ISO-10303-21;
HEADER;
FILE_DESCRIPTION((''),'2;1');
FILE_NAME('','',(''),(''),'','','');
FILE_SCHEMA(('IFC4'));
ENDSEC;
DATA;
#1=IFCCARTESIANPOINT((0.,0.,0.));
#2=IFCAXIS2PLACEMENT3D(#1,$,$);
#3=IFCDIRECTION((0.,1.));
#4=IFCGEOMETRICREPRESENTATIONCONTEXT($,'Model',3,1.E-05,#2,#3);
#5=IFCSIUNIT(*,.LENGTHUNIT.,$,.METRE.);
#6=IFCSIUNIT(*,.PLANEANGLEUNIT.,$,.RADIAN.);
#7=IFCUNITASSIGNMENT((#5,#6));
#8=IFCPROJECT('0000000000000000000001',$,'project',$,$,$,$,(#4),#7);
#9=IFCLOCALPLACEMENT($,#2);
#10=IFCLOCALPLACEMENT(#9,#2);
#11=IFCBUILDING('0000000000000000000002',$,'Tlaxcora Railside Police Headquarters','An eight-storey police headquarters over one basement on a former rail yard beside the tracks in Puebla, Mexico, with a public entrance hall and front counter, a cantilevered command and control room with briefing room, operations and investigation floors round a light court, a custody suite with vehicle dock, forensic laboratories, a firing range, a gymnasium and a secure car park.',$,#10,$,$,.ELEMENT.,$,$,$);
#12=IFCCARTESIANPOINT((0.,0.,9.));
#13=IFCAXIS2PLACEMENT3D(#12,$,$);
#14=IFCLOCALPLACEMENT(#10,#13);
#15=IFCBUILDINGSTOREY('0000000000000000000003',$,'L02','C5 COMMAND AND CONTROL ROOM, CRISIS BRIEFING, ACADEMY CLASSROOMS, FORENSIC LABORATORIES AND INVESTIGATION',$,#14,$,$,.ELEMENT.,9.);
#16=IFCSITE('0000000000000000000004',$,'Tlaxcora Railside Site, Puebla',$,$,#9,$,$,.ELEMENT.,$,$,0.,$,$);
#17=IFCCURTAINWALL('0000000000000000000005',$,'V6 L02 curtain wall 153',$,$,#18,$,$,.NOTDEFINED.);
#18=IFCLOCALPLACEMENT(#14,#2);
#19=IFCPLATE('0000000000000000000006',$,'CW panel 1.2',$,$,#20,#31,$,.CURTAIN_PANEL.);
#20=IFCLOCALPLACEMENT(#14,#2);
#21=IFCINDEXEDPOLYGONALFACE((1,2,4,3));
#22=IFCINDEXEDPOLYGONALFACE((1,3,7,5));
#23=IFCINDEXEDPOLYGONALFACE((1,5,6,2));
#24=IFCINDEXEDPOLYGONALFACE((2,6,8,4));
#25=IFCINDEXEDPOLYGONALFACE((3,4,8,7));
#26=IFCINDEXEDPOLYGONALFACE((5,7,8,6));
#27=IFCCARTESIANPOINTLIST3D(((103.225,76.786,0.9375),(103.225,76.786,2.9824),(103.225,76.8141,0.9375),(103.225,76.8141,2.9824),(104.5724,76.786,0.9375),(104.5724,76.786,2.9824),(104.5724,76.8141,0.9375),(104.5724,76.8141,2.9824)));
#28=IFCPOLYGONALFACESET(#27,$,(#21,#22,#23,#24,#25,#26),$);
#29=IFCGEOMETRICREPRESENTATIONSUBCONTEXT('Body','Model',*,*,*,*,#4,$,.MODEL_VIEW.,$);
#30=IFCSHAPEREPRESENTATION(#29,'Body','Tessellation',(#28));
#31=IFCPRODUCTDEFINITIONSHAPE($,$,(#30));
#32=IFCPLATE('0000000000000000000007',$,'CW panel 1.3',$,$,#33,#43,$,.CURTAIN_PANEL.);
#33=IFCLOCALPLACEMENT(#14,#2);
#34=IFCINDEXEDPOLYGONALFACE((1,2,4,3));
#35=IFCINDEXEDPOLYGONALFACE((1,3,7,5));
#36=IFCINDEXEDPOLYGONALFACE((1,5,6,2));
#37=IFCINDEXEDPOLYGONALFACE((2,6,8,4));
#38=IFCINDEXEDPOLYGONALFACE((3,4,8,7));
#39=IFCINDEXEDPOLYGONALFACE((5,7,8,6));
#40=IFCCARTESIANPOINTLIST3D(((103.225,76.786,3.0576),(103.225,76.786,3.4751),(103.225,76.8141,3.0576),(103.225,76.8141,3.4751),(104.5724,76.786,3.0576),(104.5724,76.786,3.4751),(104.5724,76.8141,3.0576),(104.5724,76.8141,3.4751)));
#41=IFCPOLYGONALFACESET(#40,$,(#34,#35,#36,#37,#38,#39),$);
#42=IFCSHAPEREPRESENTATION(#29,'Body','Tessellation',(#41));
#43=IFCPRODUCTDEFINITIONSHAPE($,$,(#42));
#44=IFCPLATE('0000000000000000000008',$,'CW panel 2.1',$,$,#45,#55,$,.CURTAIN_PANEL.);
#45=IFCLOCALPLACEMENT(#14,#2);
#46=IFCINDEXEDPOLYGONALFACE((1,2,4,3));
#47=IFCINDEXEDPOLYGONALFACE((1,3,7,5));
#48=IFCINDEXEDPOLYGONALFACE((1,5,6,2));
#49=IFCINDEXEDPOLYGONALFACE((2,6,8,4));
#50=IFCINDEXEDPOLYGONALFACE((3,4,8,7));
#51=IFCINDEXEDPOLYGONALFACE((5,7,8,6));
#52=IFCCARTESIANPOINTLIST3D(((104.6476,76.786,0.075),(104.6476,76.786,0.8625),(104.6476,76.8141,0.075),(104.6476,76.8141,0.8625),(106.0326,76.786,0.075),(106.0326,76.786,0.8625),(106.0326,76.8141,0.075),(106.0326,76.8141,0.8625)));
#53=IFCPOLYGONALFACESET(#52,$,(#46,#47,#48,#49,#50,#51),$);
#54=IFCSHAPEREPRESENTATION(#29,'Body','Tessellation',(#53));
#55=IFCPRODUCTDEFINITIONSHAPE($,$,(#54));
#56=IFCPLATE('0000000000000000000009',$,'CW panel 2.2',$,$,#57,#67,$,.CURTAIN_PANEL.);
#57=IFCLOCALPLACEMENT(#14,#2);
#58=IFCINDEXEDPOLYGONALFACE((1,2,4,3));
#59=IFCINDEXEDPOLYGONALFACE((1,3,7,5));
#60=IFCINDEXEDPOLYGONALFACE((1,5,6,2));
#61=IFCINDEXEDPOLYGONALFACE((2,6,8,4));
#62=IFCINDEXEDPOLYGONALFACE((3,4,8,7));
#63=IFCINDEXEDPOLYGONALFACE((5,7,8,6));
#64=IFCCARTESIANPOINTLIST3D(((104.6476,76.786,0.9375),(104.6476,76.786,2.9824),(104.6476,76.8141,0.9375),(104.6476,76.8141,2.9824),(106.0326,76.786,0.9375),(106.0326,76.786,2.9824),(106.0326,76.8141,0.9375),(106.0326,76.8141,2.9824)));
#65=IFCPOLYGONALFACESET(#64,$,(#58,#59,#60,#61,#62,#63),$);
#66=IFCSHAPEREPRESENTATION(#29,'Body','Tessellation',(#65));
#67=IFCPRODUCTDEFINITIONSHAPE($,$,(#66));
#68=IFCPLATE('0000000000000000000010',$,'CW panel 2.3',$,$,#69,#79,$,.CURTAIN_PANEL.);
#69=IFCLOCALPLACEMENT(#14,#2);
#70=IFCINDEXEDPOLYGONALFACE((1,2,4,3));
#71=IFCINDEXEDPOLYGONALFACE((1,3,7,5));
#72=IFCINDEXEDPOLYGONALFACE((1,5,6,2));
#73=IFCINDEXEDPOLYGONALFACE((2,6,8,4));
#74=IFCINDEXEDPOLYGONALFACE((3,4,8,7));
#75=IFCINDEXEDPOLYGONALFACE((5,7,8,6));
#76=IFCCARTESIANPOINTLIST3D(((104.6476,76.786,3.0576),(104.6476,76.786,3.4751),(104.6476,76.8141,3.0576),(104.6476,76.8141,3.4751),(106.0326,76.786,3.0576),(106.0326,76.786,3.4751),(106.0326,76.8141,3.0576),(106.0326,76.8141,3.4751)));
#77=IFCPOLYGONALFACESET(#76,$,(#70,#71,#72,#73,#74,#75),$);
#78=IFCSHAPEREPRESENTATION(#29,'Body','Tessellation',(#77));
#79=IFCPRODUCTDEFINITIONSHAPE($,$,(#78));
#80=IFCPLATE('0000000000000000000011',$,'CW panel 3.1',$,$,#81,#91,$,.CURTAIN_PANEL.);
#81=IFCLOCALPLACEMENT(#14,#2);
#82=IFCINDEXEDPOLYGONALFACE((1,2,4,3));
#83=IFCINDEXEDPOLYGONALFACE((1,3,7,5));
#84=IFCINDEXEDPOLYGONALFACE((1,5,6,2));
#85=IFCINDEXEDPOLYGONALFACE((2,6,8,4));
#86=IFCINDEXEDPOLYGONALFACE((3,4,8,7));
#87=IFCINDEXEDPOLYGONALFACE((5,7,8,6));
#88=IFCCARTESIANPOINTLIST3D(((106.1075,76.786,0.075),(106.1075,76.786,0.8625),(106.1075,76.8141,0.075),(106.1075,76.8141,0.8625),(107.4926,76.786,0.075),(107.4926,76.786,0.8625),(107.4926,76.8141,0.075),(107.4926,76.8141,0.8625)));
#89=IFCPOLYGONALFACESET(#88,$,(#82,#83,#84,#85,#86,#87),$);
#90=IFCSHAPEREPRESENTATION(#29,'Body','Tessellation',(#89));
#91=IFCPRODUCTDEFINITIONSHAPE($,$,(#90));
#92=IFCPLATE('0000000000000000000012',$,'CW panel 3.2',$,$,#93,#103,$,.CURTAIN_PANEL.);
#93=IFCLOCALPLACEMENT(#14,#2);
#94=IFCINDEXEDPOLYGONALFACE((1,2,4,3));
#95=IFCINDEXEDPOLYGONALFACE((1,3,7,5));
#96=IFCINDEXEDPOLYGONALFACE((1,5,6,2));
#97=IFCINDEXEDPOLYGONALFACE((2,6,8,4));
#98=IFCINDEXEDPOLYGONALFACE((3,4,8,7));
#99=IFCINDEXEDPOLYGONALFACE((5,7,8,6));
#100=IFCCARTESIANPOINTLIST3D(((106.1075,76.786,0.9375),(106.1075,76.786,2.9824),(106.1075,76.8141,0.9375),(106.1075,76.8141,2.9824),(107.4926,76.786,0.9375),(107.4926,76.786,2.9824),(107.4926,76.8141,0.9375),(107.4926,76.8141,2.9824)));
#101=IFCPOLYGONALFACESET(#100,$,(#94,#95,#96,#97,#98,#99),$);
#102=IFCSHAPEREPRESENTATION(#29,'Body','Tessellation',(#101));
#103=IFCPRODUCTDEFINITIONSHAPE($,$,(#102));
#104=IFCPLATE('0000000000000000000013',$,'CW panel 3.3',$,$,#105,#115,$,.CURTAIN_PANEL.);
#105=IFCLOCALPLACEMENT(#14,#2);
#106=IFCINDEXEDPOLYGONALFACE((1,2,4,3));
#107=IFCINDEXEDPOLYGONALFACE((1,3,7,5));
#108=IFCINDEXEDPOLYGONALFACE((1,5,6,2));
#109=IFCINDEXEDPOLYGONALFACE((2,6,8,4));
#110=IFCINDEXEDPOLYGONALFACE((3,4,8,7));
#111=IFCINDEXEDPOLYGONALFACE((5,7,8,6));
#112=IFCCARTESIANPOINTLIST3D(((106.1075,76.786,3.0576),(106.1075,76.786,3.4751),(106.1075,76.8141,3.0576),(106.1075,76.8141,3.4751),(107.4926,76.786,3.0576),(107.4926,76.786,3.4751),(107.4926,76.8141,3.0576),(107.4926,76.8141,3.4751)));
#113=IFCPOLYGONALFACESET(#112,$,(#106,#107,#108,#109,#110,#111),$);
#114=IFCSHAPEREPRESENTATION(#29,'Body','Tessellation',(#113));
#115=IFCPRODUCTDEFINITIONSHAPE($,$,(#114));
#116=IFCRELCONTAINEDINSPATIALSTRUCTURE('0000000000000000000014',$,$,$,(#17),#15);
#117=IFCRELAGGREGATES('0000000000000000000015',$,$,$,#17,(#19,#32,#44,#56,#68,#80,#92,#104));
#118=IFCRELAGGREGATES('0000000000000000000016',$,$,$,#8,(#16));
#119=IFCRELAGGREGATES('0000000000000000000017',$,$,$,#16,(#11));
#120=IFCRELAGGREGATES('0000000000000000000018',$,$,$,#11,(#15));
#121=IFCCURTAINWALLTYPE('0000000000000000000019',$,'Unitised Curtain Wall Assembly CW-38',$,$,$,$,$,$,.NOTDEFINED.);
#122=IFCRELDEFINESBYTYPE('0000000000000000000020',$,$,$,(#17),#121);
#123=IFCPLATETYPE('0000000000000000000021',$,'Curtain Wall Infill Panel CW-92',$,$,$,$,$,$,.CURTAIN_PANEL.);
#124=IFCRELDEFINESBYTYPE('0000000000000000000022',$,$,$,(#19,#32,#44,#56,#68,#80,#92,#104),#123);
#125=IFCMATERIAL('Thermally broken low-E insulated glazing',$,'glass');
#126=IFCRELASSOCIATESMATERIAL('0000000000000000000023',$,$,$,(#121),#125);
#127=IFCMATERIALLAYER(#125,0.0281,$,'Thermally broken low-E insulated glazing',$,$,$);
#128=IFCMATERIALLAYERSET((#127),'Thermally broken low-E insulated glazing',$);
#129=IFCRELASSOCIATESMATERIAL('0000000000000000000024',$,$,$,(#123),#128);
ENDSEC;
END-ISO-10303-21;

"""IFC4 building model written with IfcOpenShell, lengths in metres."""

from ifc_helpers import new_model, si_unit, direction, frame, origin, origin_2d, place, context, subcontext, project, spatial, rectangle, extrude, material, layer, layer_set, type_object, element, aggregate, save


model = new_model("IFC4")

# Units and contexts
model_context = context("Model", 3, precision=1e-05, world=origin(), true_north=direction((0.0, 1.0)))
body_context = subcontext(model_context, "Body", "Model", "MODEL_VIEW")
ifc_project = project(units=[si_unit("LENGTHUNIT", "METRE"), si_unit("PLANEANGLEUNIT", "RADIAN")], contexts=[model_context])

# Site, building, storey
site_placement = place(None, origin())
site = spatial("IfcSite", under=ifc_project, at=site_placement, Name="Tlaxcora Railside Site, Puebla", CompositionType="ELEMENT", RefElevation=0.0)
building_placement = place(site_placement, origin())
building = spatial("IfcBuilding", under=site, at=building_placement, Name="Tlaxcora Railside Police Headquarters", Description="An eight-storey police headquarters over one basement on a former rail yard beside the tracks in Puebla, Mexico, with a public entrance hall and front counter, a cantilevered command and control room with briefing room, operations and investigation floors round a light court, a custody suite with vehicle dock, forensic laboratories, a firing range, a gymnasium and a secure car park.", CompositionType="ELEMENT")
storey_placement = place(building_placement, frame((0.0, 0.0, 9.0)))
storey = spatial("IfcBuildingStorey", under=building, at=storey_placement, Name="L02", Description="C5 COMMAND AND CONTROL ROOM, CRISIS BRIEFING, ACADEMY CLASSROOMS, FORENSIC LABORATORIES AND INVESTIGATION", CompositionType="ELEMENT", Elevation=9.0)

# Curtain wall, plates
ifc_material_1 = material(Name="Thermally broken low-E insulated glazing", Category="glass")
curtain_wall_type = type_object("IfcCurtainWallType", Name="Unitised Curtain Wall Assembly CW-38", PredefinedType="NOTDEFINED", material=ifc_material_1)
curtain_wall_placement = place(storey_placement, origin())
curtain_wall = element("IfcCurtainWall", 1, at=curtain_wall_placement, inside=storey, type_object=curtain_wall_type, Name="V6 L02 curtain wall 153", PredefinedType="NOTDEFINED")
ifc_layer = layer(ifc_material_1, 0.0281, Name="Thermally broken low-E insulated glazing")
ifc_layer_set = layer_set([ifc_layer], Name="Thermally broken low-E insulated glazing")
plate_type = type_object("IfcPlateType", Name="Curtain Wall Infill Panel CW-92", PredefinedType="CURTAIN_PANEL", material=ifc_layer_set)
plate_1_placement = place(storey_placement, frame((103.8987, 76.8, 0.9375), z_axis=(0.0, 0.0, 1.0), x_axis=(1.0, 0.0, 0.0)))
plate_1 = element("IfcPlate", 2, at=plate_1_placement, type_object=plate_type, Name="CW panel 1.2", PredefinedType="CURTAIN_PANEL", context=body_context, shape_type="SweptSolid", body=[
    extrude(rectangle(XDim=1.3474, YDim=0.0281, at=origin_2d()), origin(), (0.0, 0.0, 1.0), 2.0449),
])
plate_2_placement = place(storey_placement, frame((103.8987, 76.8, 3.0576), z_axis=(0.0, 0.0, 1.0), x_axis=(1.0, 0.0, 0.0)))
plate_2 = element("IfcPlate", 3, at=plate_2_placement, type_object=plate_type, Name="CW panel 1.3", PredefinedType="CURTAIN_PANEL", context=body_context, shape_type="SweptSolid", body=[
    extrude(rectangle(XDim=1.3474, YDim=0.0281, at=origin_2d()), origin(), (0.0, 0.0, 1.0), 0.4175),
])
plate_3_placement = place(storey_placement, frame((105.3401, 76.8, 0.075), z_axis=(0.0, 0.0, 1.0), x_axis=(1.0, 0.0, 0.0)))
plate_3 = element("IfcPlate", 4, at=plate_3_placement, type_object=plate_type, Name="CW panel 2.1", PredefinedType="CURTAIN_PANEL", context=body_context, shape_type="SweptSolid", body=[
    extrude(rectangle(XDim=1.385, YDim=0.0281, at=origin_2d()), origin(), (0.0, 0.0, 1.0), 0.7876),
])
plate_4_placement = place(storey_placement, frame((105.3401, 76.8, 0.9375), z_axis=(0.0, 0.0, 1.0), x_axis=(1.0, 0.0, 0.0)))
plate_4 = element("IfcPlate", 5, at=plate_4_placement, type_object=plate_type, Name="CW panel 2.2", PredefinedType="CURTAIN_PANEL", context=body_context, shape_type="SweptSolid", body=[
    extrude(rectangle(XDim=1.385, YDim=0.0281, at=origin_2d()), origin(), (0.0, 0.0, 1.0), 2.0449),
])
plate_5_placement = place(storey_placement, frame((105.3401, 76.8, 3.0576), z_axis=(0.0, 0.0, 1.0), x_axis=(1.0, 0.0, 0.0)))
plate_5 = element("IfcPlate", 6, at=plate_5_placement, type_object=plate_type, Name="CW panel 2.3", PredefinedType="CURTAIN_PANEL", context=body_context, shape_type="SweptSolid", body=[
    extrude(rectangle(XDim=1.385, YDim=0.0281, at=origin_2d()), origin(), (0.0, 0.0, 1.0), 0.4175),
])
plate_6_placement = place(storey_placement, frame((106.8, 76.8, 0.075), z_axis=(0.0, 0.0, 1.0), x_axis=(1.0, 0.0, 0.0)))
plate_6 = element("IfcPlate", 7, at=plate_6_placement, type_object=plate_type, Name="CW panel 3.1", PredefinedType="CURTAIN_PANEL", context=body_context, shape_type="SweptSolid", body=[
    extrude(rectangle(XDim=1.385, YDim=0.0281, at=origin_2d()), origin(), (0.0, 0.0, 1.0), 0.7876),
])
plate_7_placement = place(storey_placement, frame((106.8, 76.8, 0.9375), z_axis=(0.0, 0.0, 1.0), x_axis=(1.0, 0.0, 0.0)))
plate_7 = element("IfcPlate", 8, at=plate_7_placement, type_object=plate_type, Name="CW panel 3.2", PredefinedType="CURTAIN_PANEL", context=body_context, shape_type="SweptSolid", body=[
    extrude(rectangle(XDim=1.385, YDim=0.0281, at=origin_2d()), origin(), (0.0, 0.0, 1.0), 2.0449),
])
plate_8_placement = place(storey_placement, frame((106.8, 76.8, 3.0576), z_axis=(0.0, 0.0, 1.0), x_axis=(1.0, 0.0, 0.0)))
plate_8 = element("IfcPlate", 9, at=plate_8_placement, type_object=plate_type, Name="CW panel 3.3", PredefinedType="CURTAIN_PANEL", context=body_context, shape_type="SweptSolid", body=[
    extrude(rectangle(XDim=1.385, YDim=0.0281, at=origin_2d()), origin(), (0.0, 0.0, 1.0), 0.4175),
])
aggregate(curtain_wall, [plate_1, plate_2, plate_3, plate_4, plate_5, plate_6, plate_7, plate_8])

save(model, "model.ifc")
